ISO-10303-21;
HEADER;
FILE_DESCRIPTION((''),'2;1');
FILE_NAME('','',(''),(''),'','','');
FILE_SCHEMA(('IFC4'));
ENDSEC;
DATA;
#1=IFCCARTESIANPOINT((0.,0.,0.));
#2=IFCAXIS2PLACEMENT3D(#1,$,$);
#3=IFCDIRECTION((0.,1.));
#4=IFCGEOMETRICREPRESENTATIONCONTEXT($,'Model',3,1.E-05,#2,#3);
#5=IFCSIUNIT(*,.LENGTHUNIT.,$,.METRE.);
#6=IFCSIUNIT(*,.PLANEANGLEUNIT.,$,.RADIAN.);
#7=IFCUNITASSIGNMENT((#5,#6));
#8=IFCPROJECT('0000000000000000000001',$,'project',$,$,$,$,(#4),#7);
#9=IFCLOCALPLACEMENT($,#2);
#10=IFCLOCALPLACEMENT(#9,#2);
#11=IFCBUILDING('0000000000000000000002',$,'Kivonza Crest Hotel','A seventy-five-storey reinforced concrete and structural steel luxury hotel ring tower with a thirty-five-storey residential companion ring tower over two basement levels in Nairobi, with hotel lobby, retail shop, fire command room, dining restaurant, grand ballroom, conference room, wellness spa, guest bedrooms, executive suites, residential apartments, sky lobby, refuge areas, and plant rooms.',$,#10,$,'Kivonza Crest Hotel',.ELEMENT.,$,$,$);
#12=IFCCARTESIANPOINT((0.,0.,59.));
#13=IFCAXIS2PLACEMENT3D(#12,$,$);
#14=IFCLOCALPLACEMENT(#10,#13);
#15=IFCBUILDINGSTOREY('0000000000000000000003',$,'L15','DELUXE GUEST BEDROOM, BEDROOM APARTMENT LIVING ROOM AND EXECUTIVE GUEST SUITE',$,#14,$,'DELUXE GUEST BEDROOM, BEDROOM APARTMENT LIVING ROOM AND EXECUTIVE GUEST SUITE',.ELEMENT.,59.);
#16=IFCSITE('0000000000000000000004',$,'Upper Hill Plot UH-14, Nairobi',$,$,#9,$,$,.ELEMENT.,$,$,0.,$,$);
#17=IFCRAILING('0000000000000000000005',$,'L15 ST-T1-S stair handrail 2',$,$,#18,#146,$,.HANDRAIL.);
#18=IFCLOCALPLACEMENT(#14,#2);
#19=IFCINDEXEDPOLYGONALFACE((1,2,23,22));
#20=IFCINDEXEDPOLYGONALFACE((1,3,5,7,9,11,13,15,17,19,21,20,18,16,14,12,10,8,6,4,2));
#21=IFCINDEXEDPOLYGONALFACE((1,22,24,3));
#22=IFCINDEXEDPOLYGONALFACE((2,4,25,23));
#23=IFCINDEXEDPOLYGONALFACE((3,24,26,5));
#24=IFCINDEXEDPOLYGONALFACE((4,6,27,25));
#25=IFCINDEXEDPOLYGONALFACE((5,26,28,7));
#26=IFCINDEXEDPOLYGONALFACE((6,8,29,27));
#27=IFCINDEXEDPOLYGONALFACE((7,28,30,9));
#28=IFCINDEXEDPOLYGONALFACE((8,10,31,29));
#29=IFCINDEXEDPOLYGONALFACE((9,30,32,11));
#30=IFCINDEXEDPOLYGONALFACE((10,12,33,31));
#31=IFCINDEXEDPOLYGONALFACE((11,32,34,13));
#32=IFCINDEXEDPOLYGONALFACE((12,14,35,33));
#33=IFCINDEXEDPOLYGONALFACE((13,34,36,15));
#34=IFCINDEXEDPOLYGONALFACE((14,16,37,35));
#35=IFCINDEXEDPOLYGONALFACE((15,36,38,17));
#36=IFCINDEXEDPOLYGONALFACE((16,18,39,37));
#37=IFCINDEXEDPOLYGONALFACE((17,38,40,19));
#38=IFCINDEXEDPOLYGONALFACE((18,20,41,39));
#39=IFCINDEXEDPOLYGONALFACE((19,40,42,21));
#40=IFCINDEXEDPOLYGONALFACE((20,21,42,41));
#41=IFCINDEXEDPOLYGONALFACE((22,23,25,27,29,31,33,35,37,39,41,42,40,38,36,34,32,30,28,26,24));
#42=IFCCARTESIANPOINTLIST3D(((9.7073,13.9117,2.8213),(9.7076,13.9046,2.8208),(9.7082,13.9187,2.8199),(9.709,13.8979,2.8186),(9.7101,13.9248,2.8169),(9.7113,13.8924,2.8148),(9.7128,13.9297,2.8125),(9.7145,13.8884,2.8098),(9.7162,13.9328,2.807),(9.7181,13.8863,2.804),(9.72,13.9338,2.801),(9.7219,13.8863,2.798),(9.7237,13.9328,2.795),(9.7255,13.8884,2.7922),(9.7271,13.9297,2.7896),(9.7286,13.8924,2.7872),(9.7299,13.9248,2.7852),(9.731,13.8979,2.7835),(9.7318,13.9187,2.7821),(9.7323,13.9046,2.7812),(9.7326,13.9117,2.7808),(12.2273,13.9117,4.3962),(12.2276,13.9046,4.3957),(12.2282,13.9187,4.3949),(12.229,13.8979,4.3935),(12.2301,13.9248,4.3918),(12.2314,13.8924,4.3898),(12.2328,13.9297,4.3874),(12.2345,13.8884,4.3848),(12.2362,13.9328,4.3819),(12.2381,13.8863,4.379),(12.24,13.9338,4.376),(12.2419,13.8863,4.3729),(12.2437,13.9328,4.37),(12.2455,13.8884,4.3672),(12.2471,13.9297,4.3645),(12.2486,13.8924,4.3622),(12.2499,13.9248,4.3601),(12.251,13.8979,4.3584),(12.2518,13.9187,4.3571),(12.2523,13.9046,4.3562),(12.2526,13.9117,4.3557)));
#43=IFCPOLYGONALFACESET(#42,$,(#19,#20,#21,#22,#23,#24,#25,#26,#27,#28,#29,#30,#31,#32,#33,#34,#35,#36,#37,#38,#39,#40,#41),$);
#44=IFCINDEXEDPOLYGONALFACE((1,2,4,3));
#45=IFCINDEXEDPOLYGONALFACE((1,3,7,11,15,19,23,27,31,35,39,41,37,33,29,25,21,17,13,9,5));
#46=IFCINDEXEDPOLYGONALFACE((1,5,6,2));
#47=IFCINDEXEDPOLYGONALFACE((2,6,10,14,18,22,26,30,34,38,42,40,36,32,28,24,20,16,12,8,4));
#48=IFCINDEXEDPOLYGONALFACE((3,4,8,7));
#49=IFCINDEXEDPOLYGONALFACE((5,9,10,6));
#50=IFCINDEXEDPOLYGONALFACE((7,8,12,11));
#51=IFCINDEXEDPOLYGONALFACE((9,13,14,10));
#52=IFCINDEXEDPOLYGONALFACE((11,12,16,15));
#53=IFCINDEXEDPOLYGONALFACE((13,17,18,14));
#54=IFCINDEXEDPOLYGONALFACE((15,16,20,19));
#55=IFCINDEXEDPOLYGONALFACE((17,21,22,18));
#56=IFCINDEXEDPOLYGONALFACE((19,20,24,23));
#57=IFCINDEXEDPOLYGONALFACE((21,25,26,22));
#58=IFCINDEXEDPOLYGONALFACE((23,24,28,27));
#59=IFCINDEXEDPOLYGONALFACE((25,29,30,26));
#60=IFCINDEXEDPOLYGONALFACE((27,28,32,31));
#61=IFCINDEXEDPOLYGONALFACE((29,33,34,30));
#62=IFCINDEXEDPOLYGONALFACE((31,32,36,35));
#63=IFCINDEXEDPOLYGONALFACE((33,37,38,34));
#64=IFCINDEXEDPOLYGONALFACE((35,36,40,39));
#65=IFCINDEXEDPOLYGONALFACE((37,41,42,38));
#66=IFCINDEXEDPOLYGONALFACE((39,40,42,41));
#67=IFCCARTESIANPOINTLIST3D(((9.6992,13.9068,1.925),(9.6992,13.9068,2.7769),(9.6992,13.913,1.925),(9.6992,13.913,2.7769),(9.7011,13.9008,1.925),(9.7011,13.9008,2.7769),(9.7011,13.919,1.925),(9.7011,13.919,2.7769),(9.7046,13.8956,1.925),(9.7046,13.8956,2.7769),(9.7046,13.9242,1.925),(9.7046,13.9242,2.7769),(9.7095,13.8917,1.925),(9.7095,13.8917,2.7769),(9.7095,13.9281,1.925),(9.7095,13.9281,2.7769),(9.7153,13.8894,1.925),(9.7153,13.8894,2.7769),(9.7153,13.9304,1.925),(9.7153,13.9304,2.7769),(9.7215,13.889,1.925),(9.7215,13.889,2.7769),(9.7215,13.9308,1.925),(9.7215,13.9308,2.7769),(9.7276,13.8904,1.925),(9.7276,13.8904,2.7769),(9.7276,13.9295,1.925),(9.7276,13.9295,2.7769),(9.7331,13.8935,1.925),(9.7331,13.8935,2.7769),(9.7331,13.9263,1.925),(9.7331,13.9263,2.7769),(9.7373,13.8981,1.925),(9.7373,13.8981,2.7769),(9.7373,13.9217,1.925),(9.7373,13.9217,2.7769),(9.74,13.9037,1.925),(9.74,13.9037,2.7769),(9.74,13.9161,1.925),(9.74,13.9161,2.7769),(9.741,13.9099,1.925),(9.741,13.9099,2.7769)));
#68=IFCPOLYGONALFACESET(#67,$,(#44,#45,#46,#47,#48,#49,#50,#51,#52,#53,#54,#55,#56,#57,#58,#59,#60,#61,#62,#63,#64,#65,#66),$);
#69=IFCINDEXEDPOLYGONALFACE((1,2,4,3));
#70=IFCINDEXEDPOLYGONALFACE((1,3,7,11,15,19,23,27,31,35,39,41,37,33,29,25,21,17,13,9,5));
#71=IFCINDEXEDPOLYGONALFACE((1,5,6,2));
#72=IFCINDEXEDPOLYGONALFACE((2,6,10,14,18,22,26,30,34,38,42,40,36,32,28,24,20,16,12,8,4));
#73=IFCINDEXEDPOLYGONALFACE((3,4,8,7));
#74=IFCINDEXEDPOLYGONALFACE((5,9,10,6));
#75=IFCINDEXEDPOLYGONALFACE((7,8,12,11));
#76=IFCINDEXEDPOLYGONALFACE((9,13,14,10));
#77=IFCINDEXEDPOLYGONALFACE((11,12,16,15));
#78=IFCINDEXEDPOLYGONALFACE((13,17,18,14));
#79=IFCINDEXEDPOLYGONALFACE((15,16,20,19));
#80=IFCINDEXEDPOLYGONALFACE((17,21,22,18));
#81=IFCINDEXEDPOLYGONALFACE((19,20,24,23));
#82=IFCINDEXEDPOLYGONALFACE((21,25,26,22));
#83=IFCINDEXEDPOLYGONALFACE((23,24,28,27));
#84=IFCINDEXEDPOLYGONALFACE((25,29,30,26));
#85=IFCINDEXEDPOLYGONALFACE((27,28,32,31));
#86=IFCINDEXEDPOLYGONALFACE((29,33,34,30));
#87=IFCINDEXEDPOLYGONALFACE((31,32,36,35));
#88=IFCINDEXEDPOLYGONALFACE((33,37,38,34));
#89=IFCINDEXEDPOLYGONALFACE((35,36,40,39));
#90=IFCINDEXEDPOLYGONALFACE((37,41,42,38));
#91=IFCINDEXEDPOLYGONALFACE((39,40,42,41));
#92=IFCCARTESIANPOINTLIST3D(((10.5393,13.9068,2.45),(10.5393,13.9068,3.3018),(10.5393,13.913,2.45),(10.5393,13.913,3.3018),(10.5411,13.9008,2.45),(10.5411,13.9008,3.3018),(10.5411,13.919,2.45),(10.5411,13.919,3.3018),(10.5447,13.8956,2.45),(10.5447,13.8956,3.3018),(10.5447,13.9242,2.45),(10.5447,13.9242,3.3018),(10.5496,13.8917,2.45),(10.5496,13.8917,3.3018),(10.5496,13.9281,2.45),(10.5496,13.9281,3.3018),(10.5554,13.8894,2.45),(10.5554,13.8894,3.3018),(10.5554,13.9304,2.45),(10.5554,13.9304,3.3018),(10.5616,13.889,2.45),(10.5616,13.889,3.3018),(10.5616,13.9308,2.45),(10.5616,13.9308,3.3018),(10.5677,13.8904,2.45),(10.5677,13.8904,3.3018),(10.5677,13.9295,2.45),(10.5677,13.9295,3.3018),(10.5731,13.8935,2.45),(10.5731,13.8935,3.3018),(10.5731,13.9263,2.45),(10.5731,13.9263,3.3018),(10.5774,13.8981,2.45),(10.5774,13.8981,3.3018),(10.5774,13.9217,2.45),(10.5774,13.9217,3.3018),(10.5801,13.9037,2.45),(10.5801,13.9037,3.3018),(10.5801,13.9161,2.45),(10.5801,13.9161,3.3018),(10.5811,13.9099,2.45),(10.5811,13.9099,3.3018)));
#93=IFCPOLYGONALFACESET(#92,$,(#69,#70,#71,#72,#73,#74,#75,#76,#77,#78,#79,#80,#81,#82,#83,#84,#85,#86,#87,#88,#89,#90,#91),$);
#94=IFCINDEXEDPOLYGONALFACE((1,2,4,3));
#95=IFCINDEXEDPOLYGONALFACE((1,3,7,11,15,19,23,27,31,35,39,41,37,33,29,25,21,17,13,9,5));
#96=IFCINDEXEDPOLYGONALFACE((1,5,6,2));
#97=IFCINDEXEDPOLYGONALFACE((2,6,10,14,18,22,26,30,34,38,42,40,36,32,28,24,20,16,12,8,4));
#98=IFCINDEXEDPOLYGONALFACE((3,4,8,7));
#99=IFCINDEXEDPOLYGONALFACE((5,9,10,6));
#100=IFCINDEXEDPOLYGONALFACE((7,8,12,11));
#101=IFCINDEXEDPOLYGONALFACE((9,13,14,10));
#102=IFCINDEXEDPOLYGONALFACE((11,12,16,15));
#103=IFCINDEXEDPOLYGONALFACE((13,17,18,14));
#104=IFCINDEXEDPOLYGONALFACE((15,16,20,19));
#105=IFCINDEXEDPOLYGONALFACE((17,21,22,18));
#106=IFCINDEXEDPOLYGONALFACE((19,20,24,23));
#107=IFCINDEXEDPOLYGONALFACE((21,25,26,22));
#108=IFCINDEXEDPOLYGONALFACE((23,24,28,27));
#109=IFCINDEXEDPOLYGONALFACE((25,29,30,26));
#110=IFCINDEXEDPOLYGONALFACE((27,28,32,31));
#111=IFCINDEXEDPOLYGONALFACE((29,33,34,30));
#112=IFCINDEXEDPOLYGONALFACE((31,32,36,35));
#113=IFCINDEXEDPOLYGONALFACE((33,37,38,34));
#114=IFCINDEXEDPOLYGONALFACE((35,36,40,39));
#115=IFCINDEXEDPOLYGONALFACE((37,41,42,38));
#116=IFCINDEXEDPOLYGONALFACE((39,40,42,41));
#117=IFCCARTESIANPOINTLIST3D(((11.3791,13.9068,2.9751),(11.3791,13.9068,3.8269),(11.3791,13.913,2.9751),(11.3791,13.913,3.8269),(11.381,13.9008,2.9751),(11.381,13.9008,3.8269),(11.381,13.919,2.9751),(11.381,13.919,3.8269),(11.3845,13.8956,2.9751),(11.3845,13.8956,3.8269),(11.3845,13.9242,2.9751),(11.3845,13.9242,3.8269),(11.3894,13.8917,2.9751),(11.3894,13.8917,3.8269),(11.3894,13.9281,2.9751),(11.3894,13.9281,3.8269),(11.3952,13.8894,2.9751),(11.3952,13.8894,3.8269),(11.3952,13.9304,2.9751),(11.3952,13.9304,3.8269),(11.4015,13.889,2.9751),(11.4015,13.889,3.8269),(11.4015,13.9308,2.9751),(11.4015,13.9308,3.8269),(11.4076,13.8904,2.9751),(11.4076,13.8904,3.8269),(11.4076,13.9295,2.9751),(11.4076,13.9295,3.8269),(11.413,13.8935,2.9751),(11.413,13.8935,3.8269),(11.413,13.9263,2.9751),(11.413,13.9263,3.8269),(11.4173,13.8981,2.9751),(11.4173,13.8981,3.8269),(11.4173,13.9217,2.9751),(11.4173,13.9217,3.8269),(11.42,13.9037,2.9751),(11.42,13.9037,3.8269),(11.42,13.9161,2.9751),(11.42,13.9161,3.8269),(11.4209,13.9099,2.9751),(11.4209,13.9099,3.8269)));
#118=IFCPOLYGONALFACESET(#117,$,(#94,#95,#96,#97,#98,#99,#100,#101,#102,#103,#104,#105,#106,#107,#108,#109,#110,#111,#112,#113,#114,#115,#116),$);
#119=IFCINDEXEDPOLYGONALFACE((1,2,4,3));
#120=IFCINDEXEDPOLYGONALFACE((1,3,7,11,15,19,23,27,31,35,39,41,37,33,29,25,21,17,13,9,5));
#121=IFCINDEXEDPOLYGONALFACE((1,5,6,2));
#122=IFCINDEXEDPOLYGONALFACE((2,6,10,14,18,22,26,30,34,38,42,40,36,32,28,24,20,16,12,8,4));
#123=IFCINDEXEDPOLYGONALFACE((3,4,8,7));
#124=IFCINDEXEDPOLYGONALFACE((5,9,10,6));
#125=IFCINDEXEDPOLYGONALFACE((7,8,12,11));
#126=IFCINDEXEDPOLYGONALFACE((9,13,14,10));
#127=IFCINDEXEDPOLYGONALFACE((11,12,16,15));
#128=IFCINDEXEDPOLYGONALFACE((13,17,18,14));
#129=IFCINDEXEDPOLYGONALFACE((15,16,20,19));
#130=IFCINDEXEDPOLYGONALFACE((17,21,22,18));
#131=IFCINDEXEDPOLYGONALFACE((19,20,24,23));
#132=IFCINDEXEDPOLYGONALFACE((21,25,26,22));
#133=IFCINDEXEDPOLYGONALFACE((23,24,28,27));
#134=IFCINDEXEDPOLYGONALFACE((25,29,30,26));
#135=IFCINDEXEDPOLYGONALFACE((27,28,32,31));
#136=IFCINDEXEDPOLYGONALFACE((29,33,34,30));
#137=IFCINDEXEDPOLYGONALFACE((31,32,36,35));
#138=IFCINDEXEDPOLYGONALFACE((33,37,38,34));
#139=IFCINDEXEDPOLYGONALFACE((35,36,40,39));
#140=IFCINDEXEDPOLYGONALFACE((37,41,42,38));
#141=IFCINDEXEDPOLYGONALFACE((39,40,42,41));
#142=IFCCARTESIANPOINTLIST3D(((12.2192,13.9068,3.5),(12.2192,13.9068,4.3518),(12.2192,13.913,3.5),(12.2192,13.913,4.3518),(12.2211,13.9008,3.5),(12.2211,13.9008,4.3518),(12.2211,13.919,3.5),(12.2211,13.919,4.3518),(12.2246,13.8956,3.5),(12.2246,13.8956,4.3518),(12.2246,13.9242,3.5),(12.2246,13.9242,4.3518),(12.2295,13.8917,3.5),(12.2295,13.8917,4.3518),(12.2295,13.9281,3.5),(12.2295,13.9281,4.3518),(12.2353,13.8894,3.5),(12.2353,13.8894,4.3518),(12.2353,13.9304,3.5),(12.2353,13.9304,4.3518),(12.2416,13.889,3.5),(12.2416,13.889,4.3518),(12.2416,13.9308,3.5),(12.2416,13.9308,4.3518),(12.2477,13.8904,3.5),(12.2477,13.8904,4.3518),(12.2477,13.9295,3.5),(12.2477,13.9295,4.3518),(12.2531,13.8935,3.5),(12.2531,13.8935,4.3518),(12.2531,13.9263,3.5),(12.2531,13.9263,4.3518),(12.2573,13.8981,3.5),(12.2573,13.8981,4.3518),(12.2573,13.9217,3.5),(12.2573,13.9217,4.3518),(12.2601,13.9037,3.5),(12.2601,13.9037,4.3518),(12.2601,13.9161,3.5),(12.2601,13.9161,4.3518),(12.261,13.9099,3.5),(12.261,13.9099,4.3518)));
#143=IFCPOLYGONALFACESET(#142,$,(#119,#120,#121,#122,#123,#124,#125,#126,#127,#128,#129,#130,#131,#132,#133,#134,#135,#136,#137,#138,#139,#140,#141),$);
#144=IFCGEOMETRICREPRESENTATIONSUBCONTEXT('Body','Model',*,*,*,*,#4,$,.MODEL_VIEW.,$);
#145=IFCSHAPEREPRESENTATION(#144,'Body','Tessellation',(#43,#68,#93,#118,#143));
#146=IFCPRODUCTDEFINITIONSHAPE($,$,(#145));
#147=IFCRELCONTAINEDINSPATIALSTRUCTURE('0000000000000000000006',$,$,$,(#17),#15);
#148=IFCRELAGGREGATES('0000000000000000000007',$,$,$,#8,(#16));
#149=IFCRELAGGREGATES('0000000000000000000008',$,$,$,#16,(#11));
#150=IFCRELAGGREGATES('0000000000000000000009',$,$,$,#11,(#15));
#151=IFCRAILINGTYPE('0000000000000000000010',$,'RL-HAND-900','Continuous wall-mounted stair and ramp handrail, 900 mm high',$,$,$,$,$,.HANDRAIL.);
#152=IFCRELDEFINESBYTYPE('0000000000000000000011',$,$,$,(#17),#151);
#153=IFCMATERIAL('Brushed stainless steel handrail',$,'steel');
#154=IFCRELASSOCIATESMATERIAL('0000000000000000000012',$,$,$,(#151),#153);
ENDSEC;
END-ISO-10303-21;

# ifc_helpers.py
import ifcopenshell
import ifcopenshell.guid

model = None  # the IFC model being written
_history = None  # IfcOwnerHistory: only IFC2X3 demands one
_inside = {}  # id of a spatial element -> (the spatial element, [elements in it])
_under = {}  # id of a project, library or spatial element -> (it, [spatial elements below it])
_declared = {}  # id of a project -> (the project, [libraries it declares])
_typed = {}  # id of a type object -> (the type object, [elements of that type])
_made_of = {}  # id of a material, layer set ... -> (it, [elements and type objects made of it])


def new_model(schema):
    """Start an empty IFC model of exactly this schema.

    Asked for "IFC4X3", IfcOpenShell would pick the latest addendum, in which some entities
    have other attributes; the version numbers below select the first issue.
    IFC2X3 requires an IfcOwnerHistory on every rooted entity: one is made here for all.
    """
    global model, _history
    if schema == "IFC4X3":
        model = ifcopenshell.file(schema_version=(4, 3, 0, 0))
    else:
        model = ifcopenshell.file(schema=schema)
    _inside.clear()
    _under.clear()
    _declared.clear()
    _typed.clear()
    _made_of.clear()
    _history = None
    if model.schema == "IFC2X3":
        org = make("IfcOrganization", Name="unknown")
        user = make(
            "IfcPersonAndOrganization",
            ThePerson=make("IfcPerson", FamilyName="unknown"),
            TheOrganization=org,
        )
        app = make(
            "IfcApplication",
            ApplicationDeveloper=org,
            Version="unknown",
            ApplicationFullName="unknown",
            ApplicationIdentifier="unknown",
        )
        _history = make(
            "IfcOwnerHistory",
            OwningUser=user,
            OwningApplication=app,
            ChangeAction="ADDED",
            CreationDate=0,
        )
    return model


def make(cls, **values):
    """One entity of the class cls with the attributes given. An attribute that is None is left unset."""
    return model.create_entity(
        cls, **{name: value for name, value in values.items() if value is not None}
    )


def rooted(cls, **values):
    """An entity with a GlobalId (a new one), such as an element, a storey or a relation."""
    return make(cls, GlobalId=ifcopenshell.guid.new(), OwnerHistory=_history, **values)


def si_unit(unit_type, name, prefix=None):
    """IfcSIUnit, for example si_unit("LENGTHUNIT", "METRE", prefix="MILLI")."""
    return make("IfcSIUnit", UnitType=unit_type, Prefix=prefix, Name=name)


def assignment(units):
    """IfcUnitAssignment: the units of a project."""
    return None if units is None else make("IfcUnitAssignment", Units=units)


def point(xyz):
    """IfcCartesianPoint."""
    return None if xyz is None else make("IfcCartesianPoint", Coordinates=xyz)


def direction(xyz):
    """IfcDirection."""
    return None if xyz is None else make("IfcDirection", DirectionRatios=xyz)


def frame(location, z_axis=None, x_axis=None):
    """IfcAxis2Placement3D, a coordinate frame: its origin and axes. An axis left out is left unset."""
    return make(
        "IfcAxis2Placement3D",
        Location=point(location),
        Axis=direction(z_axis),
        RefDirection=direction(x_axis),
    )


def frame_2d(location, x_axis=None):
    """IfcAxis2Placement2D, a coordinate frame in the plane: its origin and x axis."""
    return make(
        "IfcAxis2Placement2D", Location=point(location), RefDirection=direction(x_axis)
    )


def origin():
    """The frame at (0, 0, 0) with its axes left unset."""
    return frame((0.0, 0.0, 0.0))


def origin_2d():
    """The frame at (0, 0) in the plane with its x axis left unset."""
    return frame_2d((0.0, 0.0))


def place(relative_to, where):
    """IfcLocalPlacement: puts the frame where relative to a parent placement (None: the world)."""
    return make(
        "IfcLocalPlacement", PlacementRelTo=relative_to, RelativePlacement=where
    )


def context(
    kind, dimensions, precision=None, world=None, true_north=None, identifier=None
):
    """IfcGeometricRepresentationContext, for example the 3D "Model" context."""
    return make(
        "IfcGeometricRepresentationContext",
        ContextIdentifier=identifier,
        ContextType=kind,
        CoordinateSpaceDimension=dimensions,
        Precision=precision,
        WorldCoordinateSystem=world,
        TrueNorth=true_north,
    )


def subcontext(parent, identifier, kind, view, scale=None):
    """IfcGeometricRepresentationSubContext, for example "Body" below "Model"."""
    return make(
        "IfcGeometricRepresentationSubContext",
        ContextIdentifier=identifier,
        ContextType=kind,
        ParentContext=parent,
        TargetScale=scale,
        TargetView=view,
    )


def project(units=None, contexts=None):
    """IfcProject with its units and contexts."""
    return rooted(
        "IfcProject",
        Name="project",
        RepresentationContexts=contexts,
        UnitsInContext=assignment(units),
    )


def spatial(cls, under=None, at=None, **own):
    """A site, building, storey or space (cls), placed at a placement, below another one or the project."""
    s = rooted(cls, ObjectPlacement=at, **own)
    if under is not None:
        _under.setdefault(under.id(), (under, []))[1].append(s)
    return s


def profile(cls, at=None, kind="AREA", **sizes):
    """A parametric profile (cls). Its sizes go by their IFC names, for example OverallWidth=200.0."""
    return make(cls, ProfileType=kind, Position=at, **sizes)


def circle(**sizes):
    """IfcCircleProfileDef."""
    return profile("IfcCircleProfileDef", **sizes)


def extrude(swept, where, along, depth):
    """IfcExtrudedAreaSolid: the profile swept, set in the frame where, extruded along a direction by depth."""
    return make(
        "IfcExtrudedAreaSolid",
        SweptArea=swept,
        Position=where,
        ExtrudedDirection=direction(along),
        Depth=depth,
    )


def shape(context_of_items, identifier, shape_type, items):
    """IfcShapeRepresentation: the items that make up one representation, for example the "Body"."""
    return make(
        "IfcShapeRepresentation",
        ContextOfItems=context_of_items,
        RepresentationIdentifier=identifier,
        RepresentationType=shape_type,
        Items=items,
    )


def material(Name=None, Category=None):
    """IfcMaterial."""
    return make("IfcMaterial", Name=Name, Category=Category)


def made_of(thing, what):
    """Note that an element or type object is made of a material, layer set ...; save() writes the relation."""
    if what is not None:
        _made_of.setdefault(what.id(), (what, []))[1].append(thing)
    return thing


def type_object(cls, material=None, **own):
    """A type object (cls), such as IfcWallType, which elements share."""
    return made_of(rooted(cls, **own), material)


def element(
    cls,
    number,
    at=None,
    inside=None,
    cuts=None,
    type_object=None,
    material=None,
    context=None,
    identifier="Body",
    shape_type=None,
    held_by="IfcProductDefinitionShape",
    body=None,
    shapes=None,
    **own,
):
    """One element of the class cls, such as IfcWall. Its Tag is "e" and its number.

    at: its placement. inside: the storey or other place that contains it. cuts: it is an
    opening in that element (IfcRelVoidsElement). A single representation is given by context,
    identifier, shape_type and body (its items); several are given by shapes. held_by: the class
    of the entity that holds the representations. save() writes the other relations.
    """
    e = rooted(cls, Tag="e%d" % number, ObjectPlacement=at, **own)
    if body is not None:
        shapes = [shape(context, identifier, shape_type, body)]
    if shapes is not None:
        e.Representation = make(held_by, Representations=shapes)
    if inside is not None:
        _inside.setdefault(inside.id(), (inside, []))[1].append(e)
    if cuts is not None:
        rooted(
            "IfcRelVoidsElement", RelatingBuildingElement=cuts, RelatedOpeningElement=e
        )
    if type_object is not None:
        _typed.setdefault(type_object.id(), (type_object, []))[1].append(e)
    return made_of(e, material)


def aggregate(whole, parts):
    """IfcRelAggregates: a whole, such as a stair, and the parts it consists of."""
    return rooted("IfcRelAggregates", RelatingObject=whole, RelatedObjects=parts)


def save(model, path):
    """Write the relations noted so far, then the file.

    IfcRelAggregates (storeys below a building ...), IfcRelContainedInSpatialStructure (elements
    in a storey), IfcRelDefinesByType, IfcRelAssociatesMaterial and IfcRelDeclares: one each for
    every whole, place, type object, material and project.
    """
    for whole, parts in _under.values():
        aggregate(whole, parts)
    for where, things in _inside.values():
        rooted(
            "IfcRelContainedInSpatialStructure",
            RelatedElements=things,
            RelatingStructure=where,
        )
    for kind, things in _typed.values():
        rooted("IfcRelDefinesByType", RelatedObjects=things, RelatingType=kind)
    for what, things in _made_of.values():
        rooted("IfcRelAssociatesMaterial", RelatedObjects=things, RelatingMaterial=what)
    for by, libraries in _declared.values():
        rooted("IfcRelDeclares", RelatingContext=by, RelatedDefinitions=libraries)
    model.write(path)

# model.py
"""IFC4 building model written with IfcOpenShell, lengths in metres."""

from ifc_helpers import new_model, si_unit, direction, frame, origin, origin_2d, place, context, subcontext, project, spatial, circle, extrude, material, type_object, element, save


model = new_model("IFC4")

# Units and contexts
model_context = context("Model", 3, precision=1e-05, world=origin(), true_north=direction((0.0, 1.0)))
body_context = subcontext(model_context, "Body", "Model", "MODEL_VIEW")
ifc_project = project(units=[si_unit("LENGTHUNIT", "METRE"), si_unit("PLANEANGLEUNIT", "RADIAN")], contexts=[model_context])

# Site, building, storey
site_placement = place(None, origin())
site = spatial("IfcSite", under=ifc_project, at=site_placement, Name="Upper Hill Plot UH-14, Nairobi", CompositionType="ELEMENT", RefElevation=0.0)
building_placement = place(site_placement, origin())
building = spatial("IfcBuilding", under=site, at=building_placement, Name="Kivonza Crest Hotel", Description="A seventy-five-storey reinforced concrete and structural steel luxury hotel ring tower with a thirty-five-storey residential companion ring tower over two basement levels in Nairobi, with hotel lobby, retail shop, fire command room, dining restaurant, grand ballroom, conference room, wellness spa, guest bedrooms, executive suites, residential apartments, sky lobby, refuge areas, and plant rooms.", LongName="Kivonza Crest Hotel", CompositionType="ELEMENT")
storey_placement = place(building_placement, frame((0.0, 0.0, 59.0)))
storey = spatial("IfcBuildingStorey", under=building, at=storey_placement, Name="L15", Description="DELUXE GUEST BEDROOM, BEDROOM APARTMENT LIVING ROOM AND EXECUTIVE GUEST SUITE", LongName="DELUXE GUEST BEDROOM, BEDROOM APARTMENT LIVING ROOM AND EXECUTIVE GUEST SUITE", CompositionType="ELEMENT", Elevation=59.0)

# Railing
ifc_material_1 = material(Name="Brushed stainless steel handrail", Category="steel")
railing_type_1 = type_object("IfcRailingType", Name="RL-HAND-900", Description="Continuous wall-mounted stair and ramp handrail, 900 mm high", PredefinedType="HANDRAIL", material=ifc_material_1)
railing_1_placement = place(storey_placement, frame((9.72, 13.9099, 1.925)))
element("IfcRailing", 1, at=railing_1_placement, inside=storey, type_object=railing_type_1, Name="L15 ST-T1-S stair handrail 2", PredefinedType="HANDRAIL", context=body_context, shape_type="SweptSolid", body=[
    extrude(circle(Radius=0.0239, at=origin_2d()), frame((0.0, 0.0, 0.876), z_axis=(0.848008, 0.0, 0.529984), x_axis=(0.0, 1.0, 0.0)), (0.0, 0.0, 1.0), 2.9717),
    extrude(circle(Radius=0.021, at=origin_2d()), origin(), (0.0, 0.0, 1.0), 0.8518),
    extrude(circle(Radius=0.021, at=origin_2d()), frame((0.8401, 0.0, 0.5249)), (0.0, 0.0, 1.0), 0.8518),
    extrude(circle(Radius=0.021, at=origin_2d()), frame((1.6799, 0.0, 1.05)), (0.0, 0.0, 1.0), 0.8518),
    extrude(circle(Radius=0.021, at=origin_2d()), frame((2.52, 0.0, 1.575)), (0.0, 0.0, 1.0), 0.8518),
])

save(model, "model.ifc")
